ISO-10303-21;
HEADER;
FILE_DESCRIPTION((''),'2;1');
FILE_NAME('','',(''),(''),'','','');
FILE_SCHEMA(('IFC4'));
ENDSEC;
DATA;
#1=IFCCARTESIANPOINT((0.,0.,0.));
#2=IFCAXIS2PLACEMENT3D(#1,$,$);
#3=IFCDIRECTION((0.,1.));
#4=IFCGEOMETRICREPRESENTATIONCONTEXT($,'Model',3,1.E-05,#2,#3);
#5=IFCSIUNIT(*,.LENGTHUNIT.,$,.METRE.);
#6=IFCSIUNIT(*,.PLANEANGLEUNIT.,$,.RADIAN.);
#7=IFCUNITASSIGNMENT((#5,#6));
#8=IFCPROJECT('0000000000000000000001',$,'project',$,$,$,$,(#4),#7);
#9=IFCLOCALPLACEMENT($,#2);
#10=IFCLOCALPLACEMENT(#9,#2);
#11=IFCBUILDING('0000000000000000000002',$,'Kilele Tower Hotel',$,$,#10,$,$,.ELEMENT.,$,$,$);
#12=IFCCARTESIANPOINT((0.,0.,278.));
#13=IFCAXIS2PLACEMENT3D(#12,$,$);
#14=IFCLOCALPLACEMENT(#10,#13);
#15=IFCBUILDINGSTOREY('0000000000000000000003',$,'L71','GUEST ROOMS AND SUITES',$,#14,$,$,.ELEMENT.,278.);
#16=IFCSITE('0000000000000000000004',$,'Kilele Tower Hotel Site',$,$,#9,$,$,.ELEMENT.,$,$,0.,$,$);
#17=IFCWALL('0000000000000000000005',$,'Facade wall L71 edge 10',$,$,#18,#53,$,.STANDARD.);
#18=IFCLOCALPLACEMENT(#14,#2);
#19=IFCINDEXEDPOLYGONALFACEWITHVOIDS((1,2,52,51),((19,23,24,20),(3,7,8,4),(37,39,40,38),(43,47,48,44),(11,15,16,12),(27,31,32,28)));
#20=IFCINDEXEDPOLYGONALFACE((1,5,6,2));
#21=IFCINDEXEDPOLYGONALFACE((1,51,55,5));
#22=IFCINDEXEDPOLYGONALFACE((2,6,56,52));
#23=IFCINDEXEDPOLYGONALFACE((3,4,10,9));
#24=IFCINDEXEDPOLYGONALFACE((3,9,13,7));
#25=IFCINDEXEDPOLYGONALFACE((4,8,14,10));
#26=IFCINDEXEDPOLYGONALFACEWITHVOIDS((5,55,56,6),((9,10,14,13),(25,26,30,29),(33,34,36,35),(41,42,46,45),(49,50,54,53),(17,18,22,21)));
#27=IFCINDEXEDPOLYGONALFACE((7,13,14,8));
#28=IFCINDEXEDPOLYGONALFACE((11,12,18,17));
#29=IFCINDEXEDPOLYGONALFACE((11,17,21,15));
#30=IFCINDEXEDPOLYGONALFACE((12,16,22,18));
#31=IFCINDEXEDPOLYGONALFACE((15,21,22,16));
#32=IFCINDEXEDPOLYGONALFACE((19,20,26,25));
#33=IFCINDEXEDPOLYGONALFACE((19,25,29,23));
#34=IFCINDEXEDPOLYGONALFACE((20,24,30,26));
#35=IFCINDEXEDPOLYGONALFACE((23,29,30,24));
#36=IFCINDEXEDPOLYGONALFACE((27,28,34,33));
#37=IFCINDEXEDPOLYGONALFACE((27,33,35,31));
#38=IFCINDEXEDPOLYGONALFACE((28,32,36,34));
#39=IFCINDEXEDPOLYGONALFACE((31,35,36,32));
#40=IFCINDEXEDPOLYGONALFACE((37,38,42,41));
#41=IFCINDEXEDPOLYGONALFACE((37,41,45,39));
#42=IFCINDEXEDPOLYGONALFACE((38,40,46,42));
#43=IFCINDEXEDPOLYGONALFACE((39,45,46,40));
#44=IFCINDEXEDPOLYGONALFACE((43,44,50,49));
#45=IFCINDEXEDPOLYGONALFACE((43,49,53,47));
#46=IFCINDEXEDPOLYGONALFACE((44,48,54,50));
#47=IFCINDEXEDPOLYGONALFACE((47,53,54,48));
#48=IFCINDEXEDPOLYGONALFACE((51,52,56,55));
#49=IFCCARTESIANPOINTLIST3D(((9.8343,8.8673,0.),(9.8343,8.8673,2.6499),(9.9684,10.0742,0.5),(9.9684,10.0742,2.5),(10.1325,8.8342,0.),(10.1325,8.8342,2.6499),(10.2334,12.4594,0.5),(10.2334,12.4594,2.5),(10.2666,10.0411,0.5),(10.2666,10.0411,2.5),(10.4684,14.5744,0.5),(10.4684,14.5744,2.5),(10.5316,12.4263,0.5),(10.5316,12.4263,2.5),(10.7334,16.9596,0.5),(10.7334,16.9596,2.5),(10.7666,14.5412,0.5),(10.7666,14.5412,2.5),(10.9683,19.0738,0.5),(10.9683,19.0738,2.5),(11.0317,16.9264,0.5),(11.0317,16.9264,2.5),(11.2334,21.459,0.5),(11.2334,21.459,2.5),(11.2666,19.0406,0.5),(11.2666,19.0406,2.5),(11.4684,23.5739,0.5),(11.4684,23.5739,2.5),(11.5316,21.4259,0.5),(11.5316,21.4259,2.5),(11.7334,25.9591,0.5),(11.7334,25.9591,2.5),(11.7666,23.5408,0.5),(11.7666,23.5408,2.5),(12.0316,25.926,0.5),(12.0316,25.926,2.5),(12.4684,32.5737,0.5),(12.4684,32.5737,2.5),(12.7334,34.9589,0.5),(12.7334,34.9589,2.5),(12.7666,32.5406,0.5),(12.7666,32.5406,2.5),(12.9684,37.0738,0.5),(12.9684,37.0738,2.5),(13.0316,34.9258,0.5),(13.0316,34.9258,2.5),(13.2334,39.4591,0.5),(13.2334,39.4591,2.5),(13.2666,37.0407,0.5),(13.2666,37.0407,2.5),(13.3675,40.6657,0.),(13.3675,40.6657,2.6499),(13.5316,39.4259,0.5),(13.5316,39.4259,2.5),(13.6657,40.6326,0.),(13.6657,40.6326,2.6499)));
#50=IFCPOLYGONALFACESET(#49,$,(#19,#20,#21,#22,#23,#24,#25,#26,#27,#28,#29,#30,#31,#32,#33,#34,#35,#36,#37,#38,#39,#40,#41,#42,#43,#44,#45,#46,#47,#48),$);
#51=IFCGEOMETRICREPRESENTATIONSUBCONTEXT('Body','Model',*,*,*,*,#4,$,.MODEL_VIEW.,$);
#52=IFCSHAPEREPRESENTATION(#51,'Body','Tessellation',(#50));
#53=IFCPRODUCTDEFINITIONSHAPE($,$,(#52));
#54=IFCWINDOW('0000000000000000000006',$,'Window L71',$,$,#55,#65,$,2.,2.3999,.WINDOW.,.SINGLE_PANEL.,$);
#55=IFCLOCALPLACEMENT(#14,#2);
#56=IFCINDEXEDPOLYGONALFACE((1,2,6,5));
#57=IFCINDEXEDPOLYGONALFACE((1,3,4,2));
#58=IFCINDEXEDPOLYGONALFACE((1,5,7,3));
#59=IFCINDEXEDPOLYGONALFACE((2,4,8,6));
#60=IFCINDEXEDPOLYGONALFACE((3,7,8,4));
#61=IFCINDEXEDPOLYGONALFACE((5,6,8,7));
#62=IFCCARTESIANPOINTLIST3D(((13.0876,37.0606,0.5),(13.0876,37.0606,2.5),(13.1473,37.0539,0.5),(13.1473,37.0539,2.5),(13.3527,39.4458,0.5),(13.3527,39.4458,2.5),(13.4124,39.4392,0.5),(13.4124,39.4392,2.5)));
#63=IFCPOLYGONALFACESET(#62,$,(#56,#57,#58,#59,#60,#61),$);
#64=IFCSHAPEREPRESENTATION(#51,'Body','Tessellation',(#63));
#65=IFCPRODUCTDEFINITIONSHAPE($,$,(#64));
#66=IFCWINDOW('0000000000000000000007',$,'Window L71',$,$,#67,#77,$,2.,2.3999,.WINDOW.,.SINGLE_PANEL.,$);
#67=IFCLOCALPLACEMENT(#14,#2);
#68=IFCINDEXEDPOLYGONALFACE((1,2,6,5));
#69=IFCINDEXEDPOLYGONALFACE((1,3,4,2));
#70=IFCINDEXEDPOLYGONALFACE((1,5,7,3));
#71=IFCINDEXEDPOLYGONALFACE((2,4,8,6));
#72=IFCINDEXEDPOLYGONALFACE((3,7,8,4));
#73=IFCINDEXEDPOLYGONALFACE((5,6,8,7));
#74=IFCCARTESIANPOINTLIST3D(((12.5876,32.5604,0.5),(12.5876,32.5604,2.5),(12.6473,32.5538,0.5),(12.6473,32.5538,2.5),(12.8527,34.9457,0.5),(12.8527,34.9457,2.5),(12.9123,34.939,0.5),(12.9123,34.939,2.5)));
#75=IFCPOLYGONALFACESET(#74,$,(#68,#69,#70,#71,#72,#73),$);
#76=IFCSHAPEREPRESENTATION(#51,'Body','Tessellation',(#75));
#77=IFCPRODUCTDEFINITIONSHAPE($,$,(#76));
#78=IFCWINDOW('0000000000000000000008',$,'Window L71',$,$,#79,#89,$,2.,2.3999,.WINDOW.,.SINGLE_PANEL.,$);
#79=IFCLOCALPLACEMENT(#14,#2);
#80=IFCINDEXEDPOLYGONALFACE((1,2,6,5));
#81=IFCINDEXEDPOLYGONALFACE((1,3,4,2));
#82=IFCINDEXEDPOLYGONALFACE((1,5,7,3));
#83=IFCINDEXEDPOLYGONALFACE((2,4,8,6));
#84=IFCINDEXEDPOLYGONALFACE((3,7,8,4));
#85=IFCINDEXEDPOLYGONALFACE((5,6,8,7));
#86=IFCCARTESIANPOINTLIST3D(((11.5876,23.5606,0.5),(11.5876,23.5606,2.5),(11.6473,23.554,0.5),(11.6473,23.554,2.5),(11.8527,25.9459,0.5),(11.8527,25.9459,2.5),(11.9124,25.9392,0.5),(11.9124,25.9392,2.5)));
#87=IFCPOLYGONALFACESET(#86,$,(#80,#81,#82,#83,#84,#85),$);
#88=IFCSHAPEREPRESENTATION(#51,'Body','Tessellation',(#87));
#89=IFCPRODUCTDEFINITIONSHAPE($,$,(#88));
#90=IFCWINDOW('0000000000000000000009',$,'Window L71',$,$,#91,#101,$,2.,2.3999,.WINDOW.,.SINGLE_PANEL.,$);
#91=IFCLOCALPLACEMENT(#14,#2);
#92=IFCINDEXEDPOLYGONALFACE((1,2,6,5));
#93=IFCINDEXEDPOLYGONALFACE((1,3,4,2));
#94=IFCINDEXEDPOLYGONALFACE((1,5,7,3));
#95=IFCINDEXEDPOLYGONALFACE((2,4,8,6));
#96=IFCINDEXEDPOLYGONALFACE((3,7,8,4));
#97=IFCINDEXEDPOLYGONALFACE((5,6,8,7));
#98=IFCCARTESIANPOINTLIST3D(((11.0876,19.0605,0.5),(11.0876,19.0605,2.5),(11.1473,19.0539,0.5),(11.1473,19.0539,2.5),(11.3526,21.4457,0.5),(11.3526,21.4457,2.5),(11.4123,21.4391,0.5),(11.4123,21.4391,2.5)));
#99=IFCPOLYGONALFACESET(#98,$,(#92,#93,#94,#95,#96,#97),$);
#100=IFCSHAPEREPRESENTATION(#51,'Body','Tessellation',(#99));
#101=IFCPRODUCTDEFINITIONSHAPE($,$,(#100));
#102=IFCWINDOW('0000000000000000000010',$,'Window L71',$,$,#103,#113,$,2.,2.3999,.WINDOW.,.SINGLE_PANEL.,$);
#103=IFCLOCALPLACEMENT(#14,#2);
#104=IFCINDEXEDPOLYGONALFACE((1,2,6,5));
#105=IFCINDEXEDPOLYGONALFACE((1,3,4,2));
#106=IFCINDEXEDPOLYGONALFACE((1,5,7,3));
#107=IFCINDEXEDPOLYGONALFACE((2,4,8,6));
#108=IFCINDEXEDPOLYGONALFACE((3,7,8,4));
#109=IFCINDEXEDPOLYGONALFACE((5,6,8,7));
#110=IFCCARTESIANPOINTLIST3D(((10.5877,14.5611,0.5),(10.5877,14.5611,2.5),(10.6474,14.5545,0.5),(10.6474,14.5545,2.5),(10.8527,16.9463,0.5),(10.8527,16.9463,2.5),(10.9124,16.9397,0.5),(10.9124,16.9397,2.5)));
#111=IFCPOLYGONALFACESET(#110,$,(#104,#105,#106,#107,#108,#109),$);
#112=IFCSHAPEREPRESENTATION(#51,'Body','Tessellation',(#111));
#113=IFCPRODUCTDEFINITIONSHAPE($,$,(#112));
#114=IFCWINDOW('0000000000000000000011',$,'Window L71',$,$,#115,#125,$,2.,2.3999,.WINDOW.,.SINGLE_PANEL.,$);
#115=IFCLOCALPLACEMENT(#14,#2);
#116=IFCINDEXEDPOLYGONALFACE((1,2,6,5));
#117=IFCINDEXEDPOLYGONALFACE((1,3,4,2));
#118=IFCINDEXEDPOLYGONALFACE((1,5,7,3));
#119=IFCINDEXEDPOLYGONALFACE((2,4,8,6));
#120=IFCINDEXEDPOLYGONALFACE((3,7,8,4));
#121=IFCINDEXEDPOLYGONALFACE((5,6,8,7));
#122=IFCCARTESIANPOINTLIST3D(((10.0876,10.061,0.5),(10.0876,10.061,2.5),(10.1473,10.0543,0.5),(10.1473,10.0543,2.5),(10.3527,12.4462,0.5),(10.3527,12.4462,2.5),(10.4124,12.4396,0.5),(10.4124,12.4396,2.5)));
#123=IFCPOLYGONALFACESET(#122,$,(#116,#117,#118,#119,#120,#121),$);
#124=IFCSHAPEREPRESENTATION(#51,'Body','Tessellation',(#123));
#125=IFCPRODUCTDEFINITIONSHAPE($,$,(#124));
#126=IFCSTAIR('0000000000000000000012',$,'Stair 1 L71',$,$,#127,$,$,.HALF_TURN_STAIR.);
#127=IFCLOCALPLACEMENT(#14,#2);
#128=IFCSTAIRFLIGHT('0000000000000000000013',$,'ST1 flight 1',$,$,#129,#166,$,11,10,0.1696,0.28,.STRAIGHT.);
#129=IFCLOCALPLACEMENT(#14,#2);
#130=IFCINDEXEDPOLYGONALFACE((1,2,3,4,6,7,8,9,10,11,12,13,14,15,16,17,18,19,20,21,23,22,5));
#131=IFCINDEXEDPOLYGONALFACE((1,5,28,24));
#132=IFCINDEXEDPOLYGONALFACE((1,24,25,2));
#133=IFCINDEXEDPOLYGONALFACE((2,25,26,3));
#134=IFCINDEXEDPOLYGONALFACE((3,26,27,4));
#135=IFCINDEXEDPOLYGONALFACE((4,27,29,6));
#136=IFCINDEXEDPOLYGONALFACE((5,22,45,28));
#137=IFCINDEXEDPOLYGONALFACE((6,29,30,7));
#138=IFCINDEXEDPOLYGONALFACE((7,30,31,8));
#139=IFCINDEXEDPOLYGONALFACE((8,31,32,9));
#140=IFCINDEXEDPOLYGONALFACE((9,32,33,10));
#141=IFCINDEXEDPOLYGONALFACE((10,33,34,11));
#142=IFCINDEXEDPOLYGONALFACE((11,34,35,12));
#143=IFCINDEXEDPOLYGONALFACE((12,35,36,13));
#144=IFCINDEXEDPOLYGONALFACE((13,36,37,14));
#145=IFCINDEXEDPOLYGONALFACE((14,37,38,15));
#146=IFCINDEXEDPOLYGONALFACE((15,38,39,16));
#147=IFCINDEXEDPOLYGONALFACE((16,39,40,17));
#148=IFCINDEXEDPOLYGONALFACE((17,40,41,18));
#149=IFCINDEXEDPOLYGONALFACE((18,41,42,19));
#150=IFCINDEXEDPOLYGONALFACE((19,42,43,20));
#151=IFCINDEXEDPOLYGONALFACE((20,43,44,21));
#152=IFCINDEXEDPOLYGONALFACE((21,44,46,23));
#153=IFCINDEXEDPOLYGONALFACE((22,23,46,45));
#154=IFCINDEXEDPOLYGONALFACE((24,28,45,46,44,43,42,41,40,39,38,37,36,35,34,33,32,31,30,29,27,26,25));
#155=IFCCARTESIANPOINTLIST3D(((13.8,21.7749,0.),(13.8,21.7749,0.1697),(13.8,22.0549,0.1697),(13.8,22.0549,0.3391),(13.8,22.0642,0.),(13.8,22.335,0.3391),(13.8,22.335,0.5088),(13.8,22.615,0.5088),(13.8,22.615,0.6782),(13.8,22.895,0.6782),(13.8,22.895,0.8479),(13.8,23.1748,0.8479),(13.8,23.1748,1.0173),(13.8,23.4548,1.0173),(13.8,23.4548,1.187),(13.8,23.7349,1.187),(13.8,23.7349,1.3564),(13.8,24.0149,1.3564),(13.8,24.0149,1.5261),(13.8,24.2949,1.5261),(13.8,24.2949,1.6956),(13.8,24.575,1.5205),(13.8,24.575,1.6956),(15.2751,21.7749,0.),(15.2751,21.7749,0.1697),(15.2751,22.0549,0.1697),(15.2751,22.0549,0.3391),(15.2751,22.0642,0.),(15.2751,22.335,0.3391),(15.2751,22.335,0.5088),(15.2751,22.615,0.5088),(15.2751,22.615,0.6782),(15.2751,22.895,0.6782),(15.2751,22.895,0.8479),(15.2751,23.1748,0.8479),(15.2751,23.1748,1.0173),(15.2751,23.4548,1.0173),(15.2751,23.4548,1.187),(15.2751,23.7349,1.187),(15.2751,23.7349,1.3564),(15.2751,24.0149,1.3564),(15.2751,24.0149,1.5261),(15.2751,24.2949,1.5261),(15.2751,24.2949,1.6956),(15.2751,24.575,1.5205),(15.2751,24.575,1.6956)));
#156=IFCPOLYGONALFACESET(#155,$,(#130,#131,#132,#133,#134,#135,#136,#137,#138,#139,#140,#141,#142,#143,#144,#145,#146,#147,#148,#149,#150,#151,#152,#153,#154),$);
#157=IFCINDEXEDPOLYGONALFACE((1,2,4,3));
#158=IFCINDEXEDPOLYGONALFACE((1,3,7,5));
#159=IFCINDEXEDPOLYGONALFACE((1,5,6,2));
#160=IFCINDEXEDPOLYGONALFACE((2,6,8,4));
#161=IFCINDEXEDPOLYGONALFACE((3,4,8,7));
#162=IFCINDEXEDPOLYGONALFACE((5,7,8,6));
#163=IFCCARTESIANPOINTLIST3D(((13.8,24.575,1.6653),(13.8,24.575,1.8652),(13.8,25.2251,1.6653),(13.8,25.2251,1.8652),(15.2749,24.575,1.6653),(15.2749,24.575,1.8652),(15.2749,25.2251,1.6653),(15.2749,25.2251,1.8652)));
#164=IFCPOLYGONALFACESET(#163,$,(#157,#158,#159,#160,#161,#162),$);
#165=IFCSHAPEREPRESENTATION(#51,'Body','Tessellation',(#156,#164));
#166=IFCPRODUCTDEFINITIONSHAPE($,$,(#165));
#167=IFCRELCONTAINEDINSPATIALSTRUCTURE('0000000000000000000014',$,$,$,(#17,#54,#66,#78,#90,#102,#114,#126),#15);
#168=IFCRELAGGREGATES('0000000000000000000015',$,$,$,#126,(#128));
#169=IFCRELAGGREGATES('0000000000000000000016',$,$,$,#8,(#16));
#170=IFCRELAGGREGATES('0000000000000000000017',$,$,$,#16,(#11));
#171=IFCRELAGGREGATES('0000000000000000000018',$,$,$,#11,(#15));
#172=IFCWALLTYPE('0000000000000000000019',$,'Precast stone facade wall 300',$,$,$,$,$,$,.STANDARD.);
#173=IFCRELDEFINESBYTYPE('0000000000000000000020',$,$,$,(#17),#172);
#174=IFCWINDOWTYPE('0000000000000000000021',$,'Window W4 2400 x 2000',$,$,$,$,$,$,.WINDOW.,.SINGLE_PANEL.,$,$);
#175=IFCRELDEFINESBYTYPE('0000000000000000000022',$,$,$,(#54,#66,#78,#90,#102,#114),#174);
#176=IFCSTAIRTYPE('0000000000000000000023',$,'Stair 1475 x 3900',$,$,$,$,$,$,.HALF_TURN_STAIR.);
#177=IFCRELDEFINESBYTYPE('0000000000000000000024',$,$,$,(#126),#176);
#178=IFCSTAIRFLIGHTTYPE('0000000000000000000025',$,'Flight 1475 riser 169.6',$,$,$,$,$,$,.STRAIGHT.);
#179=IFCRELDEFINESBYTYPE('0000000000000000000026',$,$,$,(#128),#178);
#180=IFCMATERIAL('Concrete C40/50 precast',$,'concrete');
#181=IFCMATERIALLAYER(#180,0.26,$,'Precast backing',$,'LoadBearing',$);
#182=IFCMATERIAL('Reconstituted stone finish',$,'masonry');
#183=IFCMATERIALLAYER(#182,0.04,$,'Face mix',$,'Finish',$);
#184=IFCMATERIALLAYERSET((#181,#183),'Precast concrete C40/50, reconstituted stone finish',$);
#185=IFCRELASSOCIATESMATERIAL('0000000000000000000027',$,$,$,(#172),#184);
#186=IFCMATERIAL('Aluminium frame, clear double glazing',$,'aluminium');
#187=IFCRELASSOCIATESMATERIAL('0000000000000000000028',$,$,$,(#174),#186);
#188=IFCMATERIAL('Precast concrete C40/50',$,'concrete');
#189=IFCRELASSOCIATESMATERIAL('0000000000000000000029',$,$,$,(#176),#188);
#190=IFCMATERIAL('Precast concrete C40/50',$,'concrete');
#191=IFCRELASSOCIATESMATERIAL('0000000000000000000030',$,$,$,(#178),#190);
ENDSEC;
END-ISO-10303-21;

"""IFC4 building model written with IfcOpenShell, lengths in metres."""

from ifc_helpers import new_model, si_unit, direction, frame, frame_2d, origin, place, context, subcontext, project, spatial, polyline, rectangle, outline, extrude, material, layer, layer_set, type_object, element, fill, aggregate, save


model = new_model("IFC4")

# Units and contexts
model_context = context("Model", 3, precision=1e-05, world=origin(), true_north=direction((0.0, 1.0)))
body_context = subcontext(model_context, "Body", "Model", "MODEL_VIEW")
ifc_project = project(units=[si_unit("LENGTHUNIT", "METRE"), si_unit("PLANEANGLEUNIT", "RADIAN")], contexts=[model_context])

# Site, building, storey
site_placement = place(None, origin())
site = spatial("IfcSite", under=ifc_project, at=site_placement, Name="Kilele Tower Hotel Site", CompositionType="ELEMENT", RefElevation=0.0)
building_placement = place(site_placement, origin())
building = spatial("IfcBuilding", under=site, at=building_placement, Name="Kilele Tower Hotel", CompositionType="ELEMENT")
storey_placement = place(building_placement, frame((0.0, 0.0, 278.0)))
storey = spatial("IfcBuildingStorey", under=building, at=storey_placement, Name="L71", Description="GUEST ROOMS AND SUITES", CompositionType="ELEMENT", Elevation=278.0)

# Wall, openings, windows
ifc_material_1 = material(Name="Concrete C40/50 precast", Category="concrete")
ifc_layer_1 = layer(ifc_material_1, 0.26, Name="Precast backing", Category="LoadBearing")
ifc_material_2 = material(Name="Reconstituted stone finish", Category="masonry")
ifc_layer_2 = layer(ifc_material_2, 0.04, Name="Face mix", Category="Finish")
ifc_layer_set_1 = layer_set([ifc_layer_1, ifc_layer_2], Name="Precast concrete C40/50, reconstituted stone finish")
wall_type_1 = type_object("IfcWallType", Name="Precast stone facade wall 300", PredefinedType="STANDARD", material=ifc_layer_set_1)
wall_1_placement = place(storey_placement, frame((13.5166, 40.6492, 0.0), z_axis=(0.0, 0.0, 1.0), x_axis=(-0.110433, -0.993884, 0.0)))
wall_1 = element("IfcWall", 1, at=wall_1_placement, inside=storey, type_object=wall_type_1, Name="Facade wall L71 edge 10", PredefinedType="STANDARD", context=body_context, shape_type="SweptSolid", body=[
    extrude(rectangle(XDim=31.9941, YDim=0.3, at=frame_2d((15.9971, 0.0))), origin(), (0.0, 0.0, 1.0), 2.6499),
])
opening_1_placement = place(wall_1_placement, frame((1.2141, 0.0, 0.5)))
opening_1 = element("IfcOpeningElement", 2, at=opening_1_placement, cuts=wall_1, PredefinedType="OPENING", context=body_context, shape_type="SweptSolid", body=[
    extrude(rectangle(XDim=2.3999, YDim=2.0, at=frame_2d((1.2, 1.0))), frame((0.0, 0.1599, 0.0), z_axis=(0.0, -1.0, 0.0), x_axis=(1.0, 0.0, 0.0)), (0.0, 0.0, 1.0), 0.3201),
])
opening_2_placement = place(wall_1_placement, frame((5.7419, 0.0, 0.5)))
opening_2 = element("IfcOpeningElement", 3, at=opening_2_placement, cuts=wall_1, PredefinedType="OPENING", context=body_context, shape_type="SweptSolid", body=[
    extrude(rectangle(XDim=2.3999, YDim=2.0, at=frame_2d((1.2, 1.0))), frame((0.0, 0.1599, 0.0), z_axis=(0.0, -1.0, 0.0), x_axis=(1.0, 0.0, 0.0)), (0.0, 0.0, 1.0), 0.3201),
])
opening_3_placement = place(wall_1_placement, frame((14.7971, 0.0, 0.5)))
opening_3 = element("IfcOpeningElement", 4, at=opening_3_placement, cuts=wall_1, PredefinedType="OPENING", context=body_context, shape_type="SweptSolid", body=[
    extrude(rectangle(XDim=2.3999, YDim=2.0, at=frame_2d((1.2, 1.0))), frame((0.0, 0.1599, 0.0), z_axis=(0.0, -1.0, 0.0), x_axis=(1.0, 0.0, 0.0)), (0.0, 0.0, 1.0), 0.3201),
])
opening_4_placement = place(wall_1_placement, frame((19.325, 0.0, 0.5)))
opening_4 = element("IfcOpeningElement", 5, at=opening_4_placement, cuts=wall_1, PredefinedType="OPENING", context=body_context, shape_type="SweptSolid", body=[
    extrude(rectangle(XDim=2.3999, YDim=2.0, at=frame_2d((1.2, 1.0))), frame((0.0, 0.1599, 0.0), z_axis=(0.0, -1.0, 0.0), x_axis=(1.0, 0.0, 0.0)), (0.0, 0.0, 1.0), 0.3201),
])
opening_5_placement = place(wall_1_placement, frame((23.8521, 0.0, 0.5)))
opening_5 = element("IfcOpeningElement", 6, at=opening_5_placement, cuts=wall_1, PredefinedType="OPENING", context=body_context, shape_type="SweptSolid", body=[
    extrude(rectangle(XDim=2.3999, YDim=2.0, at=frame_2d((1.2, 1.0))), frame((0.0, 0.1599, 0.0), z_axis=(0.0, -1.0, 0.0), x_axis=(1.0, 0.0, 0.0)), (0.0, 0.0, 1.0), 0.3201),
])
opening_6_placement = place(wall_1_placement, frame((28.3799, 0.0, 0.5)))
opening_6 = element("IfcOpeningElement", 7, at=opening_6_placement, cuts=wall_1, PredefinedType="OPENING", context=body_context, shape_type="SweptSolid", body=[
    extrude(rectangle(XDim=2.3999, YDim=2.0, at=frame_2d((1.2, 1.0))), frame((0.0, 0.1599, 0.0), z_axis=(0.0, -1.0, 0.0), x_axis=(1.0, 0.0, 0.0)), (0.0, 0.0, 1.0), 0.3201),
])
ifc_material_3 = material(Name="Aluminium frame, clear double glazing", Category="aluminium")
window_type = type_object("IfcWindowType", Name="Window W4 2400 x 2000", PartitioningType="SINGLE_PANEL", PredefinedType="WINDOW", material=ifc_material_3)
window_1_placement = place(opening_1_placement, origin())
window_1 = element("IfcWindow", 8, at=window_1_placement, inside=storey, type_object=window_type, Name="Window L71", OverallHeight=2.0, OverallWidth=2.3999, PartitioningType="SINGLE_PANEL", PredefinedType="WINDOW", context=body_context, shape_type="SweptSolid", body=[
    extrude(rectangle(XDim=2.3999, YDim=2.0, at=frame_2d((1.2, 1.0))), frame((0.0, 0.03, 0.0), z_axis=(0.0, -1.0, 0.0), x_axis=(1.0, 0.0, 0.0)), (0.0, 0.0, 1.0), 0.0601),
])
fill(opening_1, window_1)
window_2_placement = place(opening_2_placement, origin())
window_2 = element("IfcWindow", 9, at=window_2_placement, inside=storey, type_object=window_type, Name="Window L71", OverallHeight=2.0, OverallWidth=2.3999, PartitioningType="SINGLE_PANEL", PredefinedType="WINDOW", context=body_context, shape_type="SweptSolid", body=[
    extrude(rectangle(XDim=2.3999, YDim=2.0, at=frame_2d((1.2, 1.0))), frame((0.0, 0.03, 0.0), z_axis=(0.0, -1.0, 0.0), x_axis=(1.0, 0.0, 0.0)), (0.0, 0.0, 1.0), 0.0601),
])
fill(opening_2, window_2)
window_3_placement = place(opening_3_placement, origin())
window_3 = element("IfcWindow", 10, at=window_3_placement, inside=storey, type_object=window_type, Name="Window L71", OverallHeight=2.0, OverallWidth=2.3999, PartitioningType="SINGLE_PANEL", PredefinedType="WINDOW", context=body_context, shape_type="SweptSolid", body=[
    extrude(rectangle(XDim=2.3999, YDim=2.0, at=frame_2d((1.2, 1.0))), frame((0.0, 0.03, 0.0), z_axis=(0.0, -1.0, 0.0), x_axis=(1.0, 0.0, 0.0)), (0.0, 0.0, 1.0), 0.0601),
])
fill(opening_3, window_3)
window_4_placement = place(opening_4_placement, origin())
window_4 = element("IfcWindow", 11, at=window_4_placement, inside=storey, type_object=window_type, Name="Window L71", OverallHeight=2.0, OverallWidth=2.3999, PartitioningType="SINGLE_PANEL", PredefinedType="WINDOW", context=body_context, shape_type="SweptSolid", body=[
    extrude(rectangle(XDim=2.3999, YDim=2.0, at=frame_2d((1.2, 1.0))), frame((0.0, 0.03, 0.0), z_axis=(0.0, -1.0, 0.0), x_axis=(1.0, 0.0, 0.0)), (0.0, 0.0, 1.0), 0.0601),
])
fill(opening_4, window_4)
window_5_placement = place(opening_5_placement, origin())
window_5 = element("IfcWindow", 12, at=window_5_placement, inside=storey, type_object=window_type, Name="Window L71", OverallHeight=2.0, OverallWidth=2.3999, PartitioningType="SINGLE_PANEL", PredefinedType="WINDOW", context=body_context, shape_type="SweptSolid", body=[
    extrude(rectangle(XDim=2.3999, YDim=2.0, at=frame_2d((1.2, 1.0))), frame((0.0, 0.03, 0.0), z_axis=(0.0, -1.0, 0.0), x_axis=(1.0, 0.0, 0.0)), (0.0, 0.0, 1.0), 0.0601),
])
fill(opening_5, window_5)
window_6_placement = place(opening_6_placement, origin())
window_6 = element("IfcWindow", 13, at=window_6_placement, inside=storey, type_object=window_type, Name="Window L71", OverallHeight=2.0, OverallWidth=2.3999, PartitioningType="SINGLE_PANEL", PredefinedType="WINDOW", context=body_context, shape_type="SweptSolid", body=[
    extrude(rectangle(XDim=2.3999, YDim=2.0, at=frame_2d((1.2, 1.0))), frame((0.0, 0.03, 0.0), z_axis=(0.0, -1.0, 0.0), x_axis=(1.0, 0.0, 0.0)), (0.0, 0.0, 1.0), 0.0601),
])
fill(opening_6, window_6)

# Stair, stair flight
ifc_material_4 = material(Name="Precast concrete C40/50", Category="concrete")
stair_type = type_object("IfcStairType", Name="Stair 1475 x 3900", PredefinedType="HALF_TURN_STAIR", material=ifc_material_4)
stair_placement = place(storey_placement, origin())
stair = element("IfcStair", 14, at=stair_placement, inside=storey, type_object=stair_type, Name="Stair 1 L71", PredefinedType="HALF_TURN_STAIR")
ifc_material_5 = material(Name="Precast concrete C40/50", Category="concrete")
stair_flight_type = type_object("IfcStairFlightType", Name="Flight 1475 riser 169.6", PredefinedType="STRAIGHT", material=ifc_material_5)
stair_flight_1_placement = place(storey_placement, frame((14.5376, 21.7749, 0.0), z_axis=(0.0, 0.0, 1.0), x_axis=(0.0, 1.0, 0.0)))
stair_flight_1 = element("IfcStairFlight", 15, at=stair_flight_1_placement, type_object=stair_flight_type, Name="ST1 flight 1", NumberOfRisers=11, NumberOfTreads=10, PredefinedType="STRAIGHT", RiserHeight=0.1696, TreadLength=0.28, context=body_context, shape_type="SweptSolid", body=[
    extrude(outline(polyline([(0.0, 0.0), (0.0, 0.1697), (0.28, 0.1697), (0.28, 0.3391), (0.5601, 0.3391), (0.5601, 0.5088), (0.8401, 0.5088), (0.8401, 0.6782), (1.1201, 0.6782), (1.1201, 0.8479), (1.3999, 0.8479), (1.3999, 1.0173), (1.6799, 1.0173), (1.6799, 1.187), (1.96, 1.187), (1.96, 1.3564), (2.24, 1.3564), (2.24, 1.5261), (2.52, 1.5261), (2.52, 1.6956), (2.8, 1.6956), (2.8, 1.8652), (2.8, 1.5205), (0.2893, 0.0), (0.0, 0.0)])), frame((0.0, 0.7375, 0.0), z_axis=(0.0, -1.0, 0.0), x_axis=(1.0, 0.0, 0.0)), (0.0, 0.0, 1.0), 1.4751),
    extrude(outline(polyline([(2.8, 0.7375), (2.8, -0.7373), (3.4502, -0.7373), (3.4502, 0.7375), (2.8, 0.7375)])), frame((0.0, 0.0, 1.6653)), (0.0, 0.0, 1.0), 0.2),
])
aggregate(stair, [stair_flight_1])

save(model, "model.ifc")
